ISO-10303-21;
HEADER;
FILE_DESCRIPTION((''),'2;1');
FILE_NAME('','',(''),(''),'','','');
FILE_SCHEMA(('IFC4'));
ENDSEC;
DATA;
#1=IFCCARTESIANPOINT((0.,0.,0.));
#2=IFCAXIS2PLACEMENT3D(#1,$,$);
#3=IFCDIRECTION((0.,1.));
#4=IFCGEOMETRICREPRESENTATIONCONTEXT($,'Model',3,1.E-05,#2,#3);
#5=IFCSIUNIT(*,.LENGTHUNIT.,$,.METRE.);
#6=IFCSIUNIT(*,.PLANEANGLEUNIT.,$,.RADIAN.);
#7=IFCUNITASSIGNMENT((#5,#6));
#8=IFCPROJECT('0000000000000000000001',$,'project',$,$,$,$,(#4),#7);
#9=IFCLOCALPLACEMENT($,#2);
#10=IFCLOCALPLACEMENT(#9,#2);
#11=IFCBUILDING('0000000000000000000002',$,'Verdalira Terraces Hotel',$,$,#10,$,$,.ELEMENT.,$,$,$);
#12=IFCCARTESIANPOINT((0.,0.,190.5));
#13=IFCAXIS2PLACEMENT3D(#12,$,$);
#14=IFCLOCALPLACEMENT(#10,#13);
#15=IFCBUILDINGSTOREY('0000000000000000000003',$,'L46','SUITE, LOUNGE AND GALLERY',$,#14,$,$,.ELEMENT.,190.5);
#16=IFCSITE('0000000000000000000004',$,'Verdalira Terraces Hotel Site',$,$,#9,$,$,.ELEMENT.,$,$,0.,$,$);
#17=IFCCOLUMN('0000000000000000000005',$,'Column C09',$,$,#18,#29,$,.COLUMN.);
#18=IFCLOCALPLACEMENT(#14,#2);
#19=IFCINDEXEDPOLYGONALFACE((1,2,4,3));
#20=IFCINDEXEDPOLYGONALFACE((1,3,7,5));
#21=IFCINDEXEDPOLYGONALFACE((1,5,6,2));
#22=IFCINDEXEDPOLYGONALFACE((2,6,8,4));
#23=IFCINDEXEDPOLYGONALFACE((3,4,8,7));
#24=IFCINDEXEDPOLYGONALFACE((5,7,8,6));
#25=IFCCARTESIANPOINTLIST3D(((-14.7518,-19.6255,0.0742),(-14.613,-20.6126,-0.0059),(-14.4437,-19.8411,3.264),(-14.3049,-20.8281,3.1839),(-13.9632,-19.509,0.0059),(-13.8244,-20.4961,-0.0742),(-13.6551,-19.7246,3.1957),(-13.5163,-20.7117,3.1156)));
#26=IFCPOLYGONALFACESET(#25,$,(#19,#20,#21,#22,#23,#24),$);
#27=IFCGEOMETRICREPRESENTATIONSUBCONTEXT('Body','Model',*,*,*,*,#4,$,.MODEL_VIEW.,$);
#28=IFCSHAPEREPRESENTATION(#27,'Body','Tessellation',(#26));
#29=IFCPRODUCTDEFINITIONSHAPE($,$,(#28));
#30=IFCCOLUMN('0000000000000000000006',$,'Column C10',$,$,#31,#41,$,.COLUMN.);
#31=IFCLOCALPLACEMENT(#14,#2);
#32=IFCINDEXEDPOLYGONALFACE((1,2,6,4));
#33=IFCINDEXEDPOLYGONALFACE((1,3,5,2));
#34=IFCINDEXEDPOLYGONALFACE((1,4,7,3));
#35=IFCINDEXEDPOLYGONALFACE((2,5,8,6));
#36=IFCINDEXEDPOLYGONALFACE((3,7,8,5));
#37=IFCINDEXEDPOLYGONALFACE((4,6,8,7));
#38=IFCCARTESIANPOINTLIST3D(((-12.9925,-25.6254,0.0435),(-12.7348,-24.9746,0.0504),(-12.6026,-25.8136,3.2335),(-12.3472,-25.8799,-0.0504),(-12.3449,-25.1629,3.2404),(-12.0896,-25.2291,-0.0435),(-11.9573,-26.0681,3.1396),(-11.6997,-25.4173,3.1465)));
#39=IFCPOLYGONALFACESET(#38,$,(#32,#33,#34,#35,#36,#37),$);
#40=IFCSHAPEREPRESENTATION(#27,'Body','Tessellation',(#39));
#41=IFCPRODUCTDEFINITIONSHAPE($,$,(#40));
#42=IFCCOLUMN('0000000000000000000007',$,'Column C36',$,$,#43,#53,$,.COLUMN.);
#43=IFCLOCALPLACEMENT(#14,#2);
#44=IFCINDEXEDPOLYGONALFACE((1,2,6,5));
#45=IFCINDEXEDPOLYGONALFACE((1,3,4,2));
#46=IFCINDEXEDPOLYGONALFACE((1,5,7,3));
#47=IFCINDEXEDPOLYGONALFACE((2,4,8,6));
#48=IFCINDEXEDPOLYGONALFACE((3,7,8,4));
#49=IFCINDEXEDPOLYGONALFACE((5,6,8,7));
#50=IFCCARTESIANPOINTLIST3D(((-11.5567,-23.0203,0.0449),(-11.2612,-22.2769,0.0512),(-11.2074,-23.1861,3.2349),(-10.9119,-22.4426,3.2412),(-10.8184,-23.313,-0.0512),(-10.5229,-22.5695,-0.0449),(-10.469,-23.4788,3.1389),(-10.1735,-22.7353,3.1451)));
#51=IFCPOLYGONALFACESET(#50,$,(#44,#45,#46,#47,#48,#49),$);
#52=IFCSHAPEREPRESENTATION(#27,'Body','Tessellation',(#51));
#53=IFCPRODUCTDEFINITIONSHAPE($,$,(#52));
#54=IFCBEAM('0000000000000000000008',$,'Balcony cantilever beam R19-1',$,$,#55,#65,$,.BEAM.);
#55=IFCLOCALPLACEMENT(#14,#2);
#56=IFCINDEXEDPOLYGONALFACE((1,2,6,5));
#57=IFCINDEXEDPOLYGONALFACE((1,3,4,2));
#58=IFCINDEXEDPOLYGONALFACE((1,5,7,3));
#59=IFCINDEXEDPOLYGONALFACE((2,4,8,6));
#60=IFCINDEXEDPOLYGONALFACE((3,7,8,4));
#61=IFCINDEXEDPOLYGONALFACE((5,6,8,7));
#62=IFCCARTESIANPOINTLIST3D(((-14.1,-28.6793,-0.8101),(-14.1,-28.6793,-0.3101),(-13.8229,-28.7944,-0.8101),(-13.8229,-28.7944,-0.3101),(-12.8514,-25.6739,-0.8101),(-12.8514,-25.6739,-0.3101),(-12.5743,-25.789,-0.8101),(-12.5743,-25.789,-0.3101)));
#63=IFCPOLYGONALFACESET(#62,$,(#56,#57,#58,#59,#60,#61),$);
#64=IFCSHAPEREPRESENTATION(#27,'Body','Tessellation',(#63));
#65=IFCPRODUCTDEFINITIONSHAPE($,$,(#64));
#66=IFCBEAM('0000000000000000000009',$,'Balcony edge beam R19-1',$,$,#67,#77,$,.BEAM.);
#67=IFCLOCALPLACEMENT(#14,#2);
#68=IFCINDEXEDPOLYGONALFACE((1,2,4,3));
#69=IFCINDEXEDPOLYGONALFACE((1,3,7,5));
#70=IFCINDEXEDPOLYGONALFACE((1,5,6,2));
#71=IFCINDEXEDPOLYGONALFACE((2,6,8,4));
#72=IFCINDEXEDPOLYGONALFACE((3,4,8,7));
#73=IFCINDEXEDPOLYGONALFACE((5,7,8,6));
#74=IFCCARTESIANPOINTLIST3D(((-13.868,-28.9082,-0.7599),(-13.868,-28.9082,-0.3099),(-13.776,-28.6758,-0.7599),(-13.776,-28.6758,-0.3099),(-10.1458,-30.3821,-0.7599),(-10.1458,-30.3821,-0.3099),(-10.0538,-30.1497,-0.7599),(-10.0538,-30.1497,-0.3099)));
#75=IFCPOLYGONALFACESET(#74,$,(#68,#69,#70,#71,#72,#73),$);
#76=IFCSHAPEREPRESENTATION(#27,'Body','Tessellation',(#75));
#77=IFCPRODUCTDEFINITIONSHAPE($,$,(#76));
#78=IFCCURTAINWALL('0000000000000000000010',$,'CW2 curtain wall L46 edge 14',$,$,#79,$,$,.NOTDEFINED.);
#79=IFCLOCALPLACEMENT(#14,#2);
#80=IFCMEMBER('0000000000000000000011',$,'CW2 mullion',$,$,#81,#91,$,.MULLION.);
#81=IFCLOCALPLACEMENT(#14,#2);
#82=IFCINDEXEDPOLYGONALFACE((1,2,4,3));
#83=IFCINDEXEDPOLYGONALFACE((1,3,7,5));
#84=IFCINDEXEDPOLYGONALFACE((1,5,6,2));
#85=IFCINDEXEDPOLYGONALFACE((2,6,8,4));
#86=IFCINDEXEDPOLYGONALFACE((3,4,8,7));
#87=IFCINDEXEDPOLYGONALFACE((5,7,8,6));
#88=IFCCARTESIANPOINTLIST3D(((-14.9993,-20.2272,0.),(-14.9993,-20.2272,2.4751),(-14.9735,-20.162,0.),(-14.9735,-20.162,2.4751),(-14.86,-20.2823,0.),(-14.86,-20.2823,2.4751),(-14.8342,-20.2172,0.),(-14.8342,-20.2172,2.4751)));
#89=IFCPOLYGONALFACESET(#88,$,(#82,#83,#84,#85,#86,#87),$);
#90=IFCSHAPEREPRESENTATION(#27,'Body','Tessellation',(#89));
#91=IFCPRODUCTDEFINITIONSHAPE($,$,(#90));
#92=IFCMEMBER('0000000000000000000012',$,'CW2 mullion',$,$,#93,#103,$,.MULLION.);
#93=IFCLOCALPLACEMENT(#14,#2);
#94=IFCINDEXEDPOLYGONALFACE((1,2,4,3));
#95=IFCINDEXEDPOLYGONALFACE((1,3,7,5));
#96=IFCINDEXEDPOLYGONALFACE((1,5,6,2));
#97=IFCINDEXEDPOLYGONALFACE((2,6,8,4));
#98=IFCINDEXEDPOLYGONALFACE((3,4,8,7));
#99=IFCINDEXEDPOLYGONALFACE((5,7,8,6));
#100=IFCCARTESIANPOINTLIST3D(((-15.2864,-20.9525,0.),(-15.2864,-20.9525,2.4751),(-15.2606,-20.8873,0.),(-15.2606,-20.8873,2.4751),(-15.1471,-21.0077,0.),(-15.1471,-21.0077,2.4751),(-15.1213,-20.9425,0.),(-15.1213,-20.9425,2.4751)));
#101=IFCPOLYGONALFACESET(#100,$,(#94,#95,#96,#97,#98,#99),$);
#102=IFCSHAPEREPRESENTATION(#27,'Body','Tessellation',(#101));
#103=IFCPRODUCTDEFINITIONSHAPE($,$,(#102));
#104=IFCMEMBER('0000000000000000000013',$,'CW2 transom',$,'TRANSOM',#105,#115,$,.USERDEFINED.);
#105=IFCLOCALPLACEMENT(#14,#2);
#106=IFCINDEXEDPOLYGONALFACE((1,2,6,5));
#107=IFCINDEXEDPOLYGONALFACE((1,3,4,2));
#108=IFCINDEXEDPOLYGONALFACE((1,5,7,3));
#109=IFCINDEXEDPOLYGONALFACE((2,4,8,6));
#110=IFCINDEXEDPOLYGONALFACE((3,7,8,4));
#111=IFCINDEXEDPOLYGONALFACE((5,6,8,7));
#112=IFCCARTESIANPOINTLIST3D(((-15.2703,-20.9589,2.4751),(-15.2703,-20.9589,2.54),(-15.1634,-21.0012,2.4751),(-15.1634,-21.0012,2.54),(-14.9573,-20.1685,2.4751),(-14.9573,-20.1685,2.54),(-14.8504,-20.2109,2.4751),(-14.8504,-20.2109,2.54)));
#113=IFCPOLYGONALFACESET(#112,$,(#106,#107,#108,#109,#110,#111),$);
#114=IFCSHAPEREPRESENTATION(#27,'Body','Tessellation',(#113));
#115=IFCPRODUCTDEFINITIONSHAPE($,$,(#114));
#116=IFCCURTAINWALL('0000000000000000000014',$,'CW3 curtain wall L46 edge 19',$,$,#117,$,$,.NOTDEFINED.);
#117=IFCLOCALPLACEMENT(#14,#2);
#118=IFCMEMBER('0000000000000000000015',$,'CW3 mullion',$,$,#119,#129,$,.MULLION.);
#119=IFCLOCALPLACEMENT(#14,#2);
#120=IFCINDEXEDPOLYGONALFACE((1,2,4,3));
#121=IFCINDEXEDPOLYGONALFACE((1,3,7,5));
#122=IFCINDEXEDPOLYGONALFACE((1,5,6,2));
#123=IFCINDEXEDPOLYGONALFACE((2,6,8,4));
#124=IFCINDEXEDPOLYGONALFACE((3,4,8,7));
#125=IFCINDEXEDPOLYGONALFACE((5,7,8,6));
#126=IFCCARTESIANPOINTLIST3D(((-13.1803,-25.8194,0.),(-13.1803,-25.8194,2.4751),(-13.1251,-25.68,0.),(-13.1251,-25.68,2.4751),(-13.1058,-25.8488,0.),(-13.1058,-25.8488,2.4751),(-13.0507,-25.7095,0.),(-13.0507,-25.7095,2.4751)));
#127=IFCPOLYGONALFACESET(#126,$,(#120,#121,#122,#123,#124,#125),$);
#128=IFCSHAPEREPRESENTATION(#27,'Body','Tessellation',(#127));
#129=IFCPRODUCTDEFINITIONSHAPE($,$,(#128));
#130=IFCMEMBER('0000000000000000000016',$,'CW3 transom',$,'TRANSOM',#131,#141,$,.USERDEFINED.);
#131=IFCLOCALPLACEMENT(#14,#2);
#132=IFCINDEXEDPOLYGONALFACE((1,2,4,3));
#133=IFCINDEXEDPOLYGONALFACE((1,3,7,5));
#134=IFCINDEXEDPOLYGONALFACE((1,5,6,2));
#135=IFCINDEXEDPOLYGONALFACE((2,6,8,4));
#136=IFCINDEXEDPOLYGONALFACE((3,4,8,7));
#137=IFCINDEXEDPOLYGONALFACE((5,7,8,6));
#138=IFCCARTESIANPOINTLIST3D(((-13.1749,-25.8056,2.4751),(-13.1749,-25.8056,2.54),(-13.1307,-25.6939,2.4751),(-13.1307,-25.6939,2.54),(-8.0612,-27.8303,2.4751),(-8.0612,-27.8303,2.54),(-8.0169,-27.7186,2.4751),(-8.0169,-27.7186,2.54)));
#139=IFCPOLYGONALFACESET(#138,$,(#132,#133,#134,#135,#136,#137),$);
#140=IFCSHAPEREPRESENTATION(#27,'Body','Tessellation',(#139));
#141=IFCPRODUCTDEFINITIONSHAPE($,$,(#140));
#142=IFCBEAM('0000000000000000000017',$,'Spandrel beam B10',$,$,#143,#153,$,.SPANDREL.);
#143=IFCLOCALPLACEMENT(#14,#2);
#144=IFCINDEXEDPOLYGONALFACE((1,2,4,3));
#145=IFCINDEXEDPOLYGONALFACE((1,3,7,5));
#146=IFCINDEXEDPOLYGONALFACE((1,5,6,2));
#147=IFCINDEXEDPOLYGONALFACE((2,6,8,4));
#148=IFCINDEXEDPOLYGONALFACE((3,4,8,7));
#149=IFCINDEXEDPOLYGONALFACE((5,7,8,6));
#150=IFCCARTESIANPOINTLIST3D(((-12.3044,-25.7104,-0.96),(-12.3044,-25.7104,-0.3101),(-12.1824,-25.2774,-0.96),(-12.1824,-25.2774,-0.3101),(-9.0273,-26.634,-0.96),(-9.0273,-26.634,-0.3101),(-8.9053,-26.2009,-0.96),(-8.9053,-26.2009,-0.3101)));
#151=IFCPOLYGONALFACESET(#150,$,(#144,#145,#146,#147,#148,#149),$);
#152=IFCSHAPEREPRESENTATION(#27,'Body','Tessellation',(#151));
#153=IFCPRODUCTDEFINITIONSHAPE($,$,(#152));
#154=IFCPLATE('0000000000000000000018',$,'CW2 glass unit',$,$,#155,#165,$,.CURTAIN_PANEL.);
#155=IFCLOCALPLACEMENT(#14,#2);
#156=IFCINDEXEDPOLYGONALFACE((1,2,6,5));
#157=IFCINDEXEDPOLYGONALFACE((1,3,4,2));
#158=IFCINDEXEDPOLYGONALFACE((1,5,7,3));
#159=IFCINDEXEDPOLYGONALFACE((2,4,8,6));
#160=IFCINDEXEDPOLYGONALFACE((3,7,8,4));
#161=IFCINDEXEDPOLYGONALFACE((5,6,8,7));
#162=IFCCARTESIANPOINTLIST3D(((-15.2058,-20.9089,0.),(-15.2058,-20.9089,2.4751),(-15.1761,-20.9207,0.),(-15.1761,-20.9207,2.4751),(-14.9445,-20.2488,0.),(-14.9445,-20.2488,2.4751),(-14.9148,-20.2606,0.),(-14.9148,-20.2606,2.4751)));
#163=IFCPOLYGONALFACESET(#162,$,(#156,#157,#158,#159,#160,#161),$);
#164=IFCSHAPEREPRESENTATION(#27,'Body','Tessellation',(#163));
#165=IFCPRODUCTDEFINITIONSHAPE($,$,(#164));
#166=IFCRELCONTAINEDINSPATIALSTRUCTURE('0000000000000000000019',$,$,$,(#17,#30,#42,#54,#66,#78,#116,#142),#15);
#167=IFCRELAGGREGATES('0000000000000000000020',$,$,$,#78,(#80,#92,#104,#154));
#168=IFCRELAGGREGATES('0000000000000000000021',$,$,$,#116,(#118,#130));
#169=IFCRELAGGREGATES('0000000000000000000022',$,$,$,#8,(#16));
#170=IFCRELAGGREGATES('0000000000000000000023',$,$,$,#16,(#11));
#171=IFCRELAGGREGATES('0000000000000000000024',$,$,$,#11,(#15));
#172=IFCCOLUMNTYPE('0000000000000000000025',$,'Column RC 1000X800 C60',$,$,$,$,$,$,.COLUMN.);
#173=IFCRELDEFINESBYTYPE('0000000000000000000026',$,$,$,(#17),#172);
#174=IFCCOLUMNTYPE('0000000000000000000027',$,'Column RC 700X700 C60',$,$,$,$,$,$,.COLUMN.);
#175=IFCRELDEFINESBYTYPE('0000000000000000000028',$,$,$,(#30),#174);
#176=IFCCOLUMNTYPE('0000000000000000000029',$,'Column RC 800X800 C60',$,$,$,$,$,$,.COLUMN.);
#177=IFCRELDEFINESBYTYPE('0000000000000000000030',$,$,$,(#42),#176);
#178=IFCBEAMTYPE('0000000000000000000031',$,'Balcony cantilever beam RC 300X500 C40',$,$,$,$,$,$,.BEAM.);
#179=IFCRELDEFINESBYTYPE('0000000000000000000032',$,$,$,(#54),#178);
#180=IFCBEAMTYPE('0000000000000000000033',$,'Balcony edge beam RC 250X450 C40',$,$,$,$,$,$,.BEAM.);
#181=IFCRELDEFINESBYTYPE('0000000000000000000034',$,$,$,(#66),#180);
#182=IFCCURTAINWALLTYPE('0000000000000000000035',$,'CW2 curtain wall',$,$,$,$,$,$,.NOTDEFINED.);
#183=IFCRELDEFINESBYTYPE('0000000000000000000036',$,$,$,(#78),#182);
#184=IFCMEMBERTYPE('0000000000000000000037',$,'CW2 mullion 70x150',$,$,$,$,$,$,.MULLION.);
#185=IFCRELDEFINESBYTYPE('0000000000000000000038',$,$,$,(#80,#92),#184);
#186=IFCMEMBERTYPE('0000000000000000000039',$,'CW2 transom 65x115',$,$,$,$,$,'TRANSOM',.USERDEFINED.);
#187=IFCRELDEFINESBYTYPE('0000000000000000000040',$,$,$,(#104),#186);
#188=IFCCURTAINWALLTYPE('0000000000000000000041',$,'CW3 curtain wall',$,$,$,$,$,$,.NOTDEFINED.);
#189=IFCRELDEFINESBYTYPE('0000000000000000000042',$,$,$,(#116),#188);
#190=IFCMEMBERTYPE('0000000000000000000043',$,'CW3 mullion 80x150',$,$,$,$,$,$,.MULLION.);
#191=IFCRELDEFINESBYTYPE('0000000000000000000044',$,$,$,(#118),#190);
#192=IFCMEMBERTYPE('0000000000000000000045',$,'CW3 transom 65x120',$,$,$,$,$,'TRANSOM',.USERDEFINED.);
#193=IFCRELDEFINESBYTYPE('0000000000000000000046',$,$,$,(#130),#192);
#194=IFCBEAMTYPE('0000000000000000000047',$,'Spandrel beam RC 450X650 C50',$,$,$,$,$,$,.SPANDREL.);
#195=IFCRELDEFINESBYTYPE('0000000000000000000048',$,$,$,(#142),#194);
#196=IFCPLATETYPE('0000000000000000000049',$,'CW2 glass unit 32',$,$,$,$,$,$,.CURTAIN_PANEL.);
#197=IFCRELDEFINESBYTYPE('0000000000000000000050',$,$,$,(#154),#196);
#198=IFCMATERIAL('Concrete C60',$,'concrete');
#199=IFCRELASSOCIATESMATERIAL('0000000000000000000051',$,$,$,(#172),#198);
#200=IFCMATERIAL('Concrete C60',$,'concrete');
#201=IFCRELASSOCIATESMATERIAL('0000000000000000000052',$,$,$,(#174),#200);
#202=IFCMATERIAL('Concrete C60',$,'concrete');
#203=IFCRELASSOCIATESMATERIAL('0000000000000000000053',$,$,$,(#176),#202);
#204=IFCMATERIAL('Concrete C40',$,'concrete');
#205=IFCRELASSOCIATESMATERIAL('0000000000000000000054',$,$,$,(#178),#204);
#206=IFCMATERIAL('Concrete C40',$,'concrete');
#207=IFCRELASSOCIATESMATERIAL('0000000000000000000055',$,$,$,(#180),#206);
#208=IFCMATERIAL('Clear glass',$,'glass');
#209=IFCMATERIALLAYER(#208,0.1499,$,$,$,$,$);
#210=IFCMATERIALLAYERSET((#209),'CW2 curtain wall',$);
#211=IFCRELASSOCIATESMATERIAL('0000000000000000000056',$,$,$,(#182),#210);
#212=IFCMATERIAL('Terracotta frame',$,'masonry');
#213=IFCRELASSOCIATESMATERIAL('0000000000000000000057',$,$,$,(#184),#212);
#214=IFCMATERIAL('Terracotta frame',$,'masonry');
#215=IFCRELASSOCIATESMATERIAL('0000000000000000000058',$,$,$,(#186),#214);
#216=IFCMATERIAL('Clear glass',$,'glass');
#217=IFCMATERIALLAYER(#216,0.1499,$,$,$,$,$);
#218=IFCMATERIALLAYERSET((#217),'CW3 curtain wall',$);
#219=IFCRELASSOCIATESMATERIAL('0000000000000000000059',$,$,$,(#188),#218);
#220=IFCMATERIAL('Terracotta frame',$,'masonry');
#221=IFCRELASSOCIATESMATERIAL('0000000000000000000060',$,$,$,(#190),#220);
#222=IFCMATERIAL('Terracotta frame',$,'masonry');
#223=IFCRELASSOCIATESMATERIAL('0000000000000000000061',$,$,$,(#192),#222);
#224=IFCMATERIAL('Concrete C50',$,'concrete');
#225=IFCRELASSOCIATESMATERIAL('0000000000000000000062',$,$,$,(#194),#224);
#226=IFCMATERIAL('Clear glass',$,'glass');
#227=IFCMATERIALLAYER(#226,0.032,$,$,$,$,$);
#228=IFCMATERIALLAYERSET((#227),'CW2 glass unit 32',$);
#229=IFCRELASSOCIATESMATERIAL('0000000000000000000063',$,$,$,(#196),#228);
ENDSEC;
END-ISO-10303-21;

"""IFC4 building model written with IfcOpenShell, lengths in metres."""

from ifc_helpers import new_model, si_unit, direction, frame, origin, origin_2d, place, context, subcontext, project, spatial, rectangle, extrude, material, layer, layer_set, material_profile, profile_set, type_object, element, aggregate, save


model = new_model("IFC4")

# Units and contexts
model_context = context("Model", 3, precision=1e-05, world=origin(), true_north=direction((0.0, 1.0)))
body_context = subcontext(model_context, "Body", "Model", "MODEL_VIEW")
ifc_project = project(units=[si_unit("LENGTHUNIT", "METRE"), si_unit("PLANEANGLEUNIT", "RADIAN")], contexts=[model_context])

# Site, building, storey
site_placement = place(None, origin())
site = spatial("IfcSite", under=ifc_project, at=site_placement, Name="Verdalira Terraces Hotel Site", CompositionType="ELEMENT", RefElevation=0.0)
building_placement = place(site_placement, origin())
building = spatial("IfcBuilding", under=site, at=building_placement, Name="Verdalira Terraces Hotel", CompositionType="ELEMENT")
storey_placement = place(building_placement, frame((0.0, 0.0, 190.5)))
storey = spatial("IfcBuildingStorey", under=building, at=storey_placement, Name="L46", Description="SUITE, LOUNGE AND GALLERY", CompositionType="ELEMENT", Elevation=190.5)

# Columns
ifc_material_1 = material(Name="Concrete C60", Category="concrete")
ifc_material_profile_1 = material_profile(ifc_material_1, rectangle(XDim=1.0, YDim=0.8, at=origin_2d()), Name="RC 1000X800")
ifc_profile_set_1 = profile_set([ifc_material_profile_1], Name="Concrete C60")
column_type_1 = type_object("IfcColumnType", Name="Column RC 1000X800 C60", PredefinedType="COLUMN", material=ifc_profile_set_1)
column_1_placement = place(storey_placement, frame((-14.2881, -20.0608, 0.0), z_axis=(0.095922, -0.067115, 0.993124), x_axis=(-0.138826, 0.987071, 0.080115)))
element("IfcColumn", 1, at=column_1_placement, inside=storey, type_object=column_type_1, Name="Column C09", PredefinedType="COLUMN", context=body_context, shape_type="SweptSolid", body=[
    extrude(rectangle(XDim=1.0, YDim=0.8, at=origin_2d()), origin(), (0.0, 0.0, 1.0), 3.2119),
])
ifc_material_2 = material(Name="Concrete C60", Category="concrete")
ifc_material_profile_2 = material_profile(ifc_material_2, rectangle(XDim=0.7, YDim=0.7, at=origin_2d()), Name="RC 700X700")
ifc_profile_set_2 = profile_set([ifc_material_profile_2], Name="Concrete C60")
column_type_2 = type_object("IfcColumnType", Name="Column RC 700X700 C60", PredefinedType="COLUMN", material=ifc_profile_set_2)
column_2_placement = place(storey_placement, frame((-12.541, -25.4272, 0.0), z_axis=(0.121115, -0.058472, 0.990915), x_axis=(0.92188, -0.36352, -0.134128)))
element("IfcColumn", 2, at=column_2_placement, inside=storey, type_object=column_type_2, Name="Column C10", PredefinedType="COLUMN", context=body_context, shape_type="SweptSolid", body=[
    extrude(rectangle(XDim=0.7, YDim=0.7, at=origin_2d()), origin(), (0.0, 0.0, 1.0), 3.2192),
])
ifc_material_3 = material(Name="Concrete C60", Category="concrete")
ifc_material_profile_3 = material_profile(ifc_material_3, rectangle(XDim=0.8, YDim=0.8, at=origin_2d()), Name="RC 800X800")
ifc_profile_set_3 = profile_set([ifc_material_profile_3], Name="Concrete C60")
column_type_3 = type_object("IfcColumnType", Name="Column RC 800X800 C60", PredefinedType="COLUMN", material=ifc_profile_set_3)
column_3_placement = place(storey_placement, frame((-11.0398, -22.7949, 0.0), z_axis=(0.108725, -0.051589, 0.992732), x_axis=(-0.369362, -0.929252, -0.007838)))
element("IfcColumn", 3, at=column_3_placement, inside=storey, type_object=column_type_3, Name="Column C36", PredefinedType="COLUMN", context=body_context, shape_type="SweptSolid", body=[
    extrude(rectangle(XDim=0.8, YDim=0.8, at=origin_2d()), origin(), (0.0, 0.0, 1.0), 3.2134),
])

# Beams
ifc_material_4 = material(Name="Concrete C40", Category="concrete")
ifc_material_profile_4 = material_profile(ifc_material_4, rectangle(XDim=0.3, YDim=0.5, at=origin_2d()), Name="RC 300X500")
ifc_profile_set_4 = profile_set([ifc_material_profile_4], Name="Concrete C40")
beam_type_1 = type_object("IfcBeamType", Name="Balcony cantilever beam RC 300X500 C40", PredefinedType="BEAM", material=ifc_profile_set_4)
beam_1_placement = place(storey_placement, frame((-12.7129, -25.7314, -0.5601), z_axis=(-0.383646, -0.92348, 0.0), x_axis=(0.92348, -0.383646, 0.0)))
element("IfcBeam", 4, at=beam_1_placement, inside=storey, type_object=beam_type_1, Name="Balcony cantilever beam R19-1", PredefinedType="BEAM", context=body_context, shape_type="SweptSolid", body=[
    extrude(rectangle(XDim=0.3, YDim=0.5, at=origin_2d()), origin(), (0.0, 0.0, 1.0), 3.2544),
])
ifc_material_5 = material(Name="Concrete C40", Category="concrete")
ifc_material_profile_5 = material_profile(ifc_material_5, rectangle(XDim=0.25, YDim=0.45, at=origin_2d()), Name="RC 250X450")
ifc_profile_set_5 = profile_set([ifc_material_profile_5], Name="Concrete C40")
beam_type_2 = type_object("IfcBeamType", Name="Balcony edge beam RC 250X450 C40", PredefinedType="BEAM", material=ifc_profile_set_5)
beam_2_placement = place(storey_placement, frame((-13.822, -28.792, -0.5349), z_axis=(0.929762, -0.36816, 0.0), x_axis=(0.36816, 0.929762, 0.0)))
element("IfcBeam", 5, at=beam_2_placement, inside=storey, type_object=beam_type_2, Name="Balcony edge beam R19-1", PredefinedType="BEAM", context=body_context, shape_type="SweptSolid", body=[
    extrude(rectangle(XDim=0.25, YDim=0.45, at=origin_2d()), origin(), (0.0, 0.0, 1.0), 4.0034),
])

# Curtain walls, members
ifc_material_6 = material(Name="Clear glass", Category="glass")
ifc_layer_1 = layer(ifc_material_6, 0.1499)
ifc_layer_set_1 = layer_set([ifc_layer_1], Name="CW2 curtain wall")
curtain_wall_type_1 = type_object("IfcCurtainWallType", Name="CW2 curtain wall", PredefinedType="NOTDEFINED", material=ifc_layer_set_1)
curtain_wall_1_placement = place(storey_placement, origin())
curtain_wall_1 = element("IfcCurtainWall", 6, at=curtain_wall_1_placement, inside=storey, type_object=curtain_wall_type_1, Name="CW2 curtain wall L46 edge 14", PredefinedType="NOTDEFINED")
ifc_material_7 = material(Name="Terracotta frame", Category="masonry")
ifc_material_profile_6 = material_profile(ifc_material_7, rectangle(XDim=0.0701, YDim=0.1499, at=origin_2d()), Name="MU 70x150")
ifc_profile_set_6 = profile_set([ifc_material_profile_6], Name="Terracotta frame")
member_type_1 = type_object("IfcMemberType", Name="CW2 mullion 70x150", PredefinedType="MULLION", material=ifc_profile_set_6)
member_1_placement = place(storey_placement, frame((-14.9167, -20.2222, 0.0), z_axis=(0.0, 0.0, 1.0), x_axis=(-0.368125, -0.929776, 0.0)))
member_1 = element("IfcMember", 7, at=member_1_placement, type_object=member_type_1, Name="CW2 mullion", PredefinedType="MULLION", context=body_context, shape_type="SweptSolid", body=[
    extrude(rectangle(XDim=0.0701, YDim=0.1499, at=origin_2d()), origin(), (0.0, 0.0, 1.0), 2.4751),
])
member_2_placement = place(storey_placement, frame((-15.2039, -20.9475, 0.0), z_axis=(0.0, 0.0, 1.0), x_axis=(-0.368125, -0.929776, 0.0)))
member_2 = element("IfcMember", 8, at=member_2_placement, type_object=member_type_1, Name="CW2 mullion", PredefinedType="MULLION", context=body_context, shape_type="SweptSolid", body=[
    extrude(rectangle(XDim=0.0701, YDim=0.1499, at=origin_2d()), origin(), (0.0, 0.0, 1.0), 2.4751),
])
ifc_material_8 = material(Name="Terracotta frame", Category="masonry")
ifc_material_profile_7 = material_profile(ifc_material_8, rectangle(XDim=0.115, YDim=0.0649, at=origin_2d()), Name="TR 65x115")
ifc_profile_set_7 = profile_set([ifc_material_profile_7], Name="Terracotta frame")
member_type_2 = type_object("IfcMemberType", Name="CW2 transom 65x115", ElementType="TRANSOM", PredefinedType="USERDEFINED", material=ifc_profile_set_7)
member_3_placement = place(storey_placement, frame((-14.9038, -20.1897, 2.5076), z_axis=(-0.368219, -0.929739, 0.0), x_axis=(0.929739, -0.368219, 0.0)))
member_3 = element("IfcMember", 9, at=member_3_placement, type_object=member_type_2, Name="CW2 transom", ObjectType="TRANSOM", PredefinedType="USERDEFINED", context=body_context, shape_type="SweptSolid", body=[
    extrude(rectangle(XDim=0.115, YDim=0.0649, at=origin_2d()), origin(), (0.0, 0.0, 1.0), 0.8501),
])
ifc_material_9 = material(Name="Clear glass", Category="glass")
ifc_layer_2 = layer(ifc_material_9, 0.1499)
ifc_layer_set_2 = layer_set([ifc_layer_2], Name="CW3 curtain wall")
curtain_wall_type_2 = type_object("IfcCurtainWallType", Name="CW3 curtain wall", PredefinedType="NOTDEFINED", material=ifc_layer_set_2)
curtain_wall_2_placement = place(storey_placement, origin())
curtain_wall_2 = element("IfcCurtainWall", 10, at=curtain_wall_2_placement, inside=storey, type_object=curtain_wall_type_2, Name="CW3 curtain wall L46 edge 19", PredefinedType="NOTDEFINED")
ifc_material_10 = material(Name="Terracotta frame", Category="masonry")
ifc_material_profile_8 = material_profile(ifc_material_10, rectangle(XDim=0.0801, YDim=0.1499, at=origin_2d()), Name="MU 80x150")
ifc_profile_set_8 = profile_set([ifc_material_profile_8], Name="Terracotta frame")
member_type_3 = type_object("IfcMemberType", Name="CW3 mullion 80x150", PredefinedType="MULLION", material=ifc_profile_set_8)
member_4_placement = place(storey_placement, frame((-13.1155, -25.7644, 0.0), z_axis=(0.0, 0.0, 1.0), x_axis=(0.929776, -0.368125, 0.0)))
member_4 = element("IfcMember", 11, at=member_4_placement, type_object=member_type_3, Name="CW3 mullion", PredefinedType="MULLION", context=body_context, shape_type="SweptSolid", body=[
    extrude(rectangle(XDim=0.0801, YDim=0.1499, at=origin_2d()), origin(), (0.0, 0.0, 1.0), 2.4751),
])
ifc_material_11 = material(Name="Terracotta frame", Category="masonry")
ifc_material_profile_9 = material_profile(ifc_material_11, rectangle(XDim=0.1201, YDim=0.0649, at=origin_2d()), Name="TR 65x120")
ifc_profile_set_9 = profile_set([ifc_material_profile_9], Name="Terracotta frame")
member_type_4 = type_object("IfcMemberType", Name="CW3 transom 65x120", ElementType="TRANSOM", PredefinedType="USERDEFINED", material=ifc_profile_set_9)
member_5_placement = place(storey_placement, frame((-13.1528, -25.7498, 2.5076), z_axis=(0.929778, -0.36812, 0.0), x_axis=(0.36812, 0.929778, 0.0)))
member_5 = element("IfcMember", 12, at=member_5_placement, type_object=member_type_4, Name="CW3 transom", ObjectType="TRANSOM", PredefinedType="USERDEFINED", context=body_context, shape_type="SweptSolid", body=[
    extrude(rectangle(XDim=0.1201, YDim=0.0649, at=origin_2d()), origin(), (0.0, 0.0, 1.0), 5.5),
])

# Beam
ifc_material_12 = material(Name="Concrete C50", Category="concrete")
ifc_material_profile_10 = material_profile(ifc_material_12, rectangle(XDim=0.45, YDim=0.6499, at=origin_2d()), Name="RC 450X650")
ifc_profile_set_10 = profile_set([ifc_material_profile_10], Name="Concrete C50")
beam_type_3 = type_object("IfcBeamType", Name="Spandrel beam RC 450X650 C50", PredefinedType="SPANDREL", material=ifc_profile_set_10)
beam_3_placement = place(storey_placement, frame((-12.2434, -25.4939, -0.635), z_axis=(0.962505, -0.271263, 0.0), x_axis=(0.271263, 0.962505, 0.0)))
element("IfcBeam", 13, at=beam_3_placement, inside=storey, type_object=beam_type_3, Name="Spandrel beam B10", PredefinedType="SPANDREL", context=body_context, shape_type="SweptSolid", body=[
    extrude(rectangle(XDim=0.45, YDim=0.6499, at=origin_2d()), origin(), (0.0, 0.0, 1.0), 3.4048),
])

# Plate
ifc_material_13 = material(Name="Clear glass", Category="glass")
ifc_layer_3 = layer(ifc_material_13, 0.032)
ifc_layer_set_3 = layer_set([ifc_layer_3], Name="CW2 glass unit 32")
plate_type_1 = type_object("IfcPlateType", Name="CW2 glass unit 32", PredefinedType="CURTAIN_PANEL", material=ifc_layer_set_3)
plate_1_placement = place(storey_placement, frame((-15.0603, -20.5847, 0.0), z_axis=(0.0, 0.0, 1.0), x_axis=(-0.368125, -0.929776, 0.0)))
plate_1 = element("IfcPlate", 14, at=plate_1_placement, type_object=plate_type_1, Name="CW2 glass unit", PredefinedType="CURTAIN_PANEL", context=body_context, shape_type="SweptSolid", body=[
    extrude(rectangle(XDim=0.71, YDim=0.032, at=origin_2d()), origin(), (0.0, 0.0, 1.0), 2.4751),
])
aggregate(curtain_wall_1, [member_1, member_2, member_3, plate_1])
aggregate(curtain_wall_2, [member_4, member_5])

save(model, "model.ifc")
